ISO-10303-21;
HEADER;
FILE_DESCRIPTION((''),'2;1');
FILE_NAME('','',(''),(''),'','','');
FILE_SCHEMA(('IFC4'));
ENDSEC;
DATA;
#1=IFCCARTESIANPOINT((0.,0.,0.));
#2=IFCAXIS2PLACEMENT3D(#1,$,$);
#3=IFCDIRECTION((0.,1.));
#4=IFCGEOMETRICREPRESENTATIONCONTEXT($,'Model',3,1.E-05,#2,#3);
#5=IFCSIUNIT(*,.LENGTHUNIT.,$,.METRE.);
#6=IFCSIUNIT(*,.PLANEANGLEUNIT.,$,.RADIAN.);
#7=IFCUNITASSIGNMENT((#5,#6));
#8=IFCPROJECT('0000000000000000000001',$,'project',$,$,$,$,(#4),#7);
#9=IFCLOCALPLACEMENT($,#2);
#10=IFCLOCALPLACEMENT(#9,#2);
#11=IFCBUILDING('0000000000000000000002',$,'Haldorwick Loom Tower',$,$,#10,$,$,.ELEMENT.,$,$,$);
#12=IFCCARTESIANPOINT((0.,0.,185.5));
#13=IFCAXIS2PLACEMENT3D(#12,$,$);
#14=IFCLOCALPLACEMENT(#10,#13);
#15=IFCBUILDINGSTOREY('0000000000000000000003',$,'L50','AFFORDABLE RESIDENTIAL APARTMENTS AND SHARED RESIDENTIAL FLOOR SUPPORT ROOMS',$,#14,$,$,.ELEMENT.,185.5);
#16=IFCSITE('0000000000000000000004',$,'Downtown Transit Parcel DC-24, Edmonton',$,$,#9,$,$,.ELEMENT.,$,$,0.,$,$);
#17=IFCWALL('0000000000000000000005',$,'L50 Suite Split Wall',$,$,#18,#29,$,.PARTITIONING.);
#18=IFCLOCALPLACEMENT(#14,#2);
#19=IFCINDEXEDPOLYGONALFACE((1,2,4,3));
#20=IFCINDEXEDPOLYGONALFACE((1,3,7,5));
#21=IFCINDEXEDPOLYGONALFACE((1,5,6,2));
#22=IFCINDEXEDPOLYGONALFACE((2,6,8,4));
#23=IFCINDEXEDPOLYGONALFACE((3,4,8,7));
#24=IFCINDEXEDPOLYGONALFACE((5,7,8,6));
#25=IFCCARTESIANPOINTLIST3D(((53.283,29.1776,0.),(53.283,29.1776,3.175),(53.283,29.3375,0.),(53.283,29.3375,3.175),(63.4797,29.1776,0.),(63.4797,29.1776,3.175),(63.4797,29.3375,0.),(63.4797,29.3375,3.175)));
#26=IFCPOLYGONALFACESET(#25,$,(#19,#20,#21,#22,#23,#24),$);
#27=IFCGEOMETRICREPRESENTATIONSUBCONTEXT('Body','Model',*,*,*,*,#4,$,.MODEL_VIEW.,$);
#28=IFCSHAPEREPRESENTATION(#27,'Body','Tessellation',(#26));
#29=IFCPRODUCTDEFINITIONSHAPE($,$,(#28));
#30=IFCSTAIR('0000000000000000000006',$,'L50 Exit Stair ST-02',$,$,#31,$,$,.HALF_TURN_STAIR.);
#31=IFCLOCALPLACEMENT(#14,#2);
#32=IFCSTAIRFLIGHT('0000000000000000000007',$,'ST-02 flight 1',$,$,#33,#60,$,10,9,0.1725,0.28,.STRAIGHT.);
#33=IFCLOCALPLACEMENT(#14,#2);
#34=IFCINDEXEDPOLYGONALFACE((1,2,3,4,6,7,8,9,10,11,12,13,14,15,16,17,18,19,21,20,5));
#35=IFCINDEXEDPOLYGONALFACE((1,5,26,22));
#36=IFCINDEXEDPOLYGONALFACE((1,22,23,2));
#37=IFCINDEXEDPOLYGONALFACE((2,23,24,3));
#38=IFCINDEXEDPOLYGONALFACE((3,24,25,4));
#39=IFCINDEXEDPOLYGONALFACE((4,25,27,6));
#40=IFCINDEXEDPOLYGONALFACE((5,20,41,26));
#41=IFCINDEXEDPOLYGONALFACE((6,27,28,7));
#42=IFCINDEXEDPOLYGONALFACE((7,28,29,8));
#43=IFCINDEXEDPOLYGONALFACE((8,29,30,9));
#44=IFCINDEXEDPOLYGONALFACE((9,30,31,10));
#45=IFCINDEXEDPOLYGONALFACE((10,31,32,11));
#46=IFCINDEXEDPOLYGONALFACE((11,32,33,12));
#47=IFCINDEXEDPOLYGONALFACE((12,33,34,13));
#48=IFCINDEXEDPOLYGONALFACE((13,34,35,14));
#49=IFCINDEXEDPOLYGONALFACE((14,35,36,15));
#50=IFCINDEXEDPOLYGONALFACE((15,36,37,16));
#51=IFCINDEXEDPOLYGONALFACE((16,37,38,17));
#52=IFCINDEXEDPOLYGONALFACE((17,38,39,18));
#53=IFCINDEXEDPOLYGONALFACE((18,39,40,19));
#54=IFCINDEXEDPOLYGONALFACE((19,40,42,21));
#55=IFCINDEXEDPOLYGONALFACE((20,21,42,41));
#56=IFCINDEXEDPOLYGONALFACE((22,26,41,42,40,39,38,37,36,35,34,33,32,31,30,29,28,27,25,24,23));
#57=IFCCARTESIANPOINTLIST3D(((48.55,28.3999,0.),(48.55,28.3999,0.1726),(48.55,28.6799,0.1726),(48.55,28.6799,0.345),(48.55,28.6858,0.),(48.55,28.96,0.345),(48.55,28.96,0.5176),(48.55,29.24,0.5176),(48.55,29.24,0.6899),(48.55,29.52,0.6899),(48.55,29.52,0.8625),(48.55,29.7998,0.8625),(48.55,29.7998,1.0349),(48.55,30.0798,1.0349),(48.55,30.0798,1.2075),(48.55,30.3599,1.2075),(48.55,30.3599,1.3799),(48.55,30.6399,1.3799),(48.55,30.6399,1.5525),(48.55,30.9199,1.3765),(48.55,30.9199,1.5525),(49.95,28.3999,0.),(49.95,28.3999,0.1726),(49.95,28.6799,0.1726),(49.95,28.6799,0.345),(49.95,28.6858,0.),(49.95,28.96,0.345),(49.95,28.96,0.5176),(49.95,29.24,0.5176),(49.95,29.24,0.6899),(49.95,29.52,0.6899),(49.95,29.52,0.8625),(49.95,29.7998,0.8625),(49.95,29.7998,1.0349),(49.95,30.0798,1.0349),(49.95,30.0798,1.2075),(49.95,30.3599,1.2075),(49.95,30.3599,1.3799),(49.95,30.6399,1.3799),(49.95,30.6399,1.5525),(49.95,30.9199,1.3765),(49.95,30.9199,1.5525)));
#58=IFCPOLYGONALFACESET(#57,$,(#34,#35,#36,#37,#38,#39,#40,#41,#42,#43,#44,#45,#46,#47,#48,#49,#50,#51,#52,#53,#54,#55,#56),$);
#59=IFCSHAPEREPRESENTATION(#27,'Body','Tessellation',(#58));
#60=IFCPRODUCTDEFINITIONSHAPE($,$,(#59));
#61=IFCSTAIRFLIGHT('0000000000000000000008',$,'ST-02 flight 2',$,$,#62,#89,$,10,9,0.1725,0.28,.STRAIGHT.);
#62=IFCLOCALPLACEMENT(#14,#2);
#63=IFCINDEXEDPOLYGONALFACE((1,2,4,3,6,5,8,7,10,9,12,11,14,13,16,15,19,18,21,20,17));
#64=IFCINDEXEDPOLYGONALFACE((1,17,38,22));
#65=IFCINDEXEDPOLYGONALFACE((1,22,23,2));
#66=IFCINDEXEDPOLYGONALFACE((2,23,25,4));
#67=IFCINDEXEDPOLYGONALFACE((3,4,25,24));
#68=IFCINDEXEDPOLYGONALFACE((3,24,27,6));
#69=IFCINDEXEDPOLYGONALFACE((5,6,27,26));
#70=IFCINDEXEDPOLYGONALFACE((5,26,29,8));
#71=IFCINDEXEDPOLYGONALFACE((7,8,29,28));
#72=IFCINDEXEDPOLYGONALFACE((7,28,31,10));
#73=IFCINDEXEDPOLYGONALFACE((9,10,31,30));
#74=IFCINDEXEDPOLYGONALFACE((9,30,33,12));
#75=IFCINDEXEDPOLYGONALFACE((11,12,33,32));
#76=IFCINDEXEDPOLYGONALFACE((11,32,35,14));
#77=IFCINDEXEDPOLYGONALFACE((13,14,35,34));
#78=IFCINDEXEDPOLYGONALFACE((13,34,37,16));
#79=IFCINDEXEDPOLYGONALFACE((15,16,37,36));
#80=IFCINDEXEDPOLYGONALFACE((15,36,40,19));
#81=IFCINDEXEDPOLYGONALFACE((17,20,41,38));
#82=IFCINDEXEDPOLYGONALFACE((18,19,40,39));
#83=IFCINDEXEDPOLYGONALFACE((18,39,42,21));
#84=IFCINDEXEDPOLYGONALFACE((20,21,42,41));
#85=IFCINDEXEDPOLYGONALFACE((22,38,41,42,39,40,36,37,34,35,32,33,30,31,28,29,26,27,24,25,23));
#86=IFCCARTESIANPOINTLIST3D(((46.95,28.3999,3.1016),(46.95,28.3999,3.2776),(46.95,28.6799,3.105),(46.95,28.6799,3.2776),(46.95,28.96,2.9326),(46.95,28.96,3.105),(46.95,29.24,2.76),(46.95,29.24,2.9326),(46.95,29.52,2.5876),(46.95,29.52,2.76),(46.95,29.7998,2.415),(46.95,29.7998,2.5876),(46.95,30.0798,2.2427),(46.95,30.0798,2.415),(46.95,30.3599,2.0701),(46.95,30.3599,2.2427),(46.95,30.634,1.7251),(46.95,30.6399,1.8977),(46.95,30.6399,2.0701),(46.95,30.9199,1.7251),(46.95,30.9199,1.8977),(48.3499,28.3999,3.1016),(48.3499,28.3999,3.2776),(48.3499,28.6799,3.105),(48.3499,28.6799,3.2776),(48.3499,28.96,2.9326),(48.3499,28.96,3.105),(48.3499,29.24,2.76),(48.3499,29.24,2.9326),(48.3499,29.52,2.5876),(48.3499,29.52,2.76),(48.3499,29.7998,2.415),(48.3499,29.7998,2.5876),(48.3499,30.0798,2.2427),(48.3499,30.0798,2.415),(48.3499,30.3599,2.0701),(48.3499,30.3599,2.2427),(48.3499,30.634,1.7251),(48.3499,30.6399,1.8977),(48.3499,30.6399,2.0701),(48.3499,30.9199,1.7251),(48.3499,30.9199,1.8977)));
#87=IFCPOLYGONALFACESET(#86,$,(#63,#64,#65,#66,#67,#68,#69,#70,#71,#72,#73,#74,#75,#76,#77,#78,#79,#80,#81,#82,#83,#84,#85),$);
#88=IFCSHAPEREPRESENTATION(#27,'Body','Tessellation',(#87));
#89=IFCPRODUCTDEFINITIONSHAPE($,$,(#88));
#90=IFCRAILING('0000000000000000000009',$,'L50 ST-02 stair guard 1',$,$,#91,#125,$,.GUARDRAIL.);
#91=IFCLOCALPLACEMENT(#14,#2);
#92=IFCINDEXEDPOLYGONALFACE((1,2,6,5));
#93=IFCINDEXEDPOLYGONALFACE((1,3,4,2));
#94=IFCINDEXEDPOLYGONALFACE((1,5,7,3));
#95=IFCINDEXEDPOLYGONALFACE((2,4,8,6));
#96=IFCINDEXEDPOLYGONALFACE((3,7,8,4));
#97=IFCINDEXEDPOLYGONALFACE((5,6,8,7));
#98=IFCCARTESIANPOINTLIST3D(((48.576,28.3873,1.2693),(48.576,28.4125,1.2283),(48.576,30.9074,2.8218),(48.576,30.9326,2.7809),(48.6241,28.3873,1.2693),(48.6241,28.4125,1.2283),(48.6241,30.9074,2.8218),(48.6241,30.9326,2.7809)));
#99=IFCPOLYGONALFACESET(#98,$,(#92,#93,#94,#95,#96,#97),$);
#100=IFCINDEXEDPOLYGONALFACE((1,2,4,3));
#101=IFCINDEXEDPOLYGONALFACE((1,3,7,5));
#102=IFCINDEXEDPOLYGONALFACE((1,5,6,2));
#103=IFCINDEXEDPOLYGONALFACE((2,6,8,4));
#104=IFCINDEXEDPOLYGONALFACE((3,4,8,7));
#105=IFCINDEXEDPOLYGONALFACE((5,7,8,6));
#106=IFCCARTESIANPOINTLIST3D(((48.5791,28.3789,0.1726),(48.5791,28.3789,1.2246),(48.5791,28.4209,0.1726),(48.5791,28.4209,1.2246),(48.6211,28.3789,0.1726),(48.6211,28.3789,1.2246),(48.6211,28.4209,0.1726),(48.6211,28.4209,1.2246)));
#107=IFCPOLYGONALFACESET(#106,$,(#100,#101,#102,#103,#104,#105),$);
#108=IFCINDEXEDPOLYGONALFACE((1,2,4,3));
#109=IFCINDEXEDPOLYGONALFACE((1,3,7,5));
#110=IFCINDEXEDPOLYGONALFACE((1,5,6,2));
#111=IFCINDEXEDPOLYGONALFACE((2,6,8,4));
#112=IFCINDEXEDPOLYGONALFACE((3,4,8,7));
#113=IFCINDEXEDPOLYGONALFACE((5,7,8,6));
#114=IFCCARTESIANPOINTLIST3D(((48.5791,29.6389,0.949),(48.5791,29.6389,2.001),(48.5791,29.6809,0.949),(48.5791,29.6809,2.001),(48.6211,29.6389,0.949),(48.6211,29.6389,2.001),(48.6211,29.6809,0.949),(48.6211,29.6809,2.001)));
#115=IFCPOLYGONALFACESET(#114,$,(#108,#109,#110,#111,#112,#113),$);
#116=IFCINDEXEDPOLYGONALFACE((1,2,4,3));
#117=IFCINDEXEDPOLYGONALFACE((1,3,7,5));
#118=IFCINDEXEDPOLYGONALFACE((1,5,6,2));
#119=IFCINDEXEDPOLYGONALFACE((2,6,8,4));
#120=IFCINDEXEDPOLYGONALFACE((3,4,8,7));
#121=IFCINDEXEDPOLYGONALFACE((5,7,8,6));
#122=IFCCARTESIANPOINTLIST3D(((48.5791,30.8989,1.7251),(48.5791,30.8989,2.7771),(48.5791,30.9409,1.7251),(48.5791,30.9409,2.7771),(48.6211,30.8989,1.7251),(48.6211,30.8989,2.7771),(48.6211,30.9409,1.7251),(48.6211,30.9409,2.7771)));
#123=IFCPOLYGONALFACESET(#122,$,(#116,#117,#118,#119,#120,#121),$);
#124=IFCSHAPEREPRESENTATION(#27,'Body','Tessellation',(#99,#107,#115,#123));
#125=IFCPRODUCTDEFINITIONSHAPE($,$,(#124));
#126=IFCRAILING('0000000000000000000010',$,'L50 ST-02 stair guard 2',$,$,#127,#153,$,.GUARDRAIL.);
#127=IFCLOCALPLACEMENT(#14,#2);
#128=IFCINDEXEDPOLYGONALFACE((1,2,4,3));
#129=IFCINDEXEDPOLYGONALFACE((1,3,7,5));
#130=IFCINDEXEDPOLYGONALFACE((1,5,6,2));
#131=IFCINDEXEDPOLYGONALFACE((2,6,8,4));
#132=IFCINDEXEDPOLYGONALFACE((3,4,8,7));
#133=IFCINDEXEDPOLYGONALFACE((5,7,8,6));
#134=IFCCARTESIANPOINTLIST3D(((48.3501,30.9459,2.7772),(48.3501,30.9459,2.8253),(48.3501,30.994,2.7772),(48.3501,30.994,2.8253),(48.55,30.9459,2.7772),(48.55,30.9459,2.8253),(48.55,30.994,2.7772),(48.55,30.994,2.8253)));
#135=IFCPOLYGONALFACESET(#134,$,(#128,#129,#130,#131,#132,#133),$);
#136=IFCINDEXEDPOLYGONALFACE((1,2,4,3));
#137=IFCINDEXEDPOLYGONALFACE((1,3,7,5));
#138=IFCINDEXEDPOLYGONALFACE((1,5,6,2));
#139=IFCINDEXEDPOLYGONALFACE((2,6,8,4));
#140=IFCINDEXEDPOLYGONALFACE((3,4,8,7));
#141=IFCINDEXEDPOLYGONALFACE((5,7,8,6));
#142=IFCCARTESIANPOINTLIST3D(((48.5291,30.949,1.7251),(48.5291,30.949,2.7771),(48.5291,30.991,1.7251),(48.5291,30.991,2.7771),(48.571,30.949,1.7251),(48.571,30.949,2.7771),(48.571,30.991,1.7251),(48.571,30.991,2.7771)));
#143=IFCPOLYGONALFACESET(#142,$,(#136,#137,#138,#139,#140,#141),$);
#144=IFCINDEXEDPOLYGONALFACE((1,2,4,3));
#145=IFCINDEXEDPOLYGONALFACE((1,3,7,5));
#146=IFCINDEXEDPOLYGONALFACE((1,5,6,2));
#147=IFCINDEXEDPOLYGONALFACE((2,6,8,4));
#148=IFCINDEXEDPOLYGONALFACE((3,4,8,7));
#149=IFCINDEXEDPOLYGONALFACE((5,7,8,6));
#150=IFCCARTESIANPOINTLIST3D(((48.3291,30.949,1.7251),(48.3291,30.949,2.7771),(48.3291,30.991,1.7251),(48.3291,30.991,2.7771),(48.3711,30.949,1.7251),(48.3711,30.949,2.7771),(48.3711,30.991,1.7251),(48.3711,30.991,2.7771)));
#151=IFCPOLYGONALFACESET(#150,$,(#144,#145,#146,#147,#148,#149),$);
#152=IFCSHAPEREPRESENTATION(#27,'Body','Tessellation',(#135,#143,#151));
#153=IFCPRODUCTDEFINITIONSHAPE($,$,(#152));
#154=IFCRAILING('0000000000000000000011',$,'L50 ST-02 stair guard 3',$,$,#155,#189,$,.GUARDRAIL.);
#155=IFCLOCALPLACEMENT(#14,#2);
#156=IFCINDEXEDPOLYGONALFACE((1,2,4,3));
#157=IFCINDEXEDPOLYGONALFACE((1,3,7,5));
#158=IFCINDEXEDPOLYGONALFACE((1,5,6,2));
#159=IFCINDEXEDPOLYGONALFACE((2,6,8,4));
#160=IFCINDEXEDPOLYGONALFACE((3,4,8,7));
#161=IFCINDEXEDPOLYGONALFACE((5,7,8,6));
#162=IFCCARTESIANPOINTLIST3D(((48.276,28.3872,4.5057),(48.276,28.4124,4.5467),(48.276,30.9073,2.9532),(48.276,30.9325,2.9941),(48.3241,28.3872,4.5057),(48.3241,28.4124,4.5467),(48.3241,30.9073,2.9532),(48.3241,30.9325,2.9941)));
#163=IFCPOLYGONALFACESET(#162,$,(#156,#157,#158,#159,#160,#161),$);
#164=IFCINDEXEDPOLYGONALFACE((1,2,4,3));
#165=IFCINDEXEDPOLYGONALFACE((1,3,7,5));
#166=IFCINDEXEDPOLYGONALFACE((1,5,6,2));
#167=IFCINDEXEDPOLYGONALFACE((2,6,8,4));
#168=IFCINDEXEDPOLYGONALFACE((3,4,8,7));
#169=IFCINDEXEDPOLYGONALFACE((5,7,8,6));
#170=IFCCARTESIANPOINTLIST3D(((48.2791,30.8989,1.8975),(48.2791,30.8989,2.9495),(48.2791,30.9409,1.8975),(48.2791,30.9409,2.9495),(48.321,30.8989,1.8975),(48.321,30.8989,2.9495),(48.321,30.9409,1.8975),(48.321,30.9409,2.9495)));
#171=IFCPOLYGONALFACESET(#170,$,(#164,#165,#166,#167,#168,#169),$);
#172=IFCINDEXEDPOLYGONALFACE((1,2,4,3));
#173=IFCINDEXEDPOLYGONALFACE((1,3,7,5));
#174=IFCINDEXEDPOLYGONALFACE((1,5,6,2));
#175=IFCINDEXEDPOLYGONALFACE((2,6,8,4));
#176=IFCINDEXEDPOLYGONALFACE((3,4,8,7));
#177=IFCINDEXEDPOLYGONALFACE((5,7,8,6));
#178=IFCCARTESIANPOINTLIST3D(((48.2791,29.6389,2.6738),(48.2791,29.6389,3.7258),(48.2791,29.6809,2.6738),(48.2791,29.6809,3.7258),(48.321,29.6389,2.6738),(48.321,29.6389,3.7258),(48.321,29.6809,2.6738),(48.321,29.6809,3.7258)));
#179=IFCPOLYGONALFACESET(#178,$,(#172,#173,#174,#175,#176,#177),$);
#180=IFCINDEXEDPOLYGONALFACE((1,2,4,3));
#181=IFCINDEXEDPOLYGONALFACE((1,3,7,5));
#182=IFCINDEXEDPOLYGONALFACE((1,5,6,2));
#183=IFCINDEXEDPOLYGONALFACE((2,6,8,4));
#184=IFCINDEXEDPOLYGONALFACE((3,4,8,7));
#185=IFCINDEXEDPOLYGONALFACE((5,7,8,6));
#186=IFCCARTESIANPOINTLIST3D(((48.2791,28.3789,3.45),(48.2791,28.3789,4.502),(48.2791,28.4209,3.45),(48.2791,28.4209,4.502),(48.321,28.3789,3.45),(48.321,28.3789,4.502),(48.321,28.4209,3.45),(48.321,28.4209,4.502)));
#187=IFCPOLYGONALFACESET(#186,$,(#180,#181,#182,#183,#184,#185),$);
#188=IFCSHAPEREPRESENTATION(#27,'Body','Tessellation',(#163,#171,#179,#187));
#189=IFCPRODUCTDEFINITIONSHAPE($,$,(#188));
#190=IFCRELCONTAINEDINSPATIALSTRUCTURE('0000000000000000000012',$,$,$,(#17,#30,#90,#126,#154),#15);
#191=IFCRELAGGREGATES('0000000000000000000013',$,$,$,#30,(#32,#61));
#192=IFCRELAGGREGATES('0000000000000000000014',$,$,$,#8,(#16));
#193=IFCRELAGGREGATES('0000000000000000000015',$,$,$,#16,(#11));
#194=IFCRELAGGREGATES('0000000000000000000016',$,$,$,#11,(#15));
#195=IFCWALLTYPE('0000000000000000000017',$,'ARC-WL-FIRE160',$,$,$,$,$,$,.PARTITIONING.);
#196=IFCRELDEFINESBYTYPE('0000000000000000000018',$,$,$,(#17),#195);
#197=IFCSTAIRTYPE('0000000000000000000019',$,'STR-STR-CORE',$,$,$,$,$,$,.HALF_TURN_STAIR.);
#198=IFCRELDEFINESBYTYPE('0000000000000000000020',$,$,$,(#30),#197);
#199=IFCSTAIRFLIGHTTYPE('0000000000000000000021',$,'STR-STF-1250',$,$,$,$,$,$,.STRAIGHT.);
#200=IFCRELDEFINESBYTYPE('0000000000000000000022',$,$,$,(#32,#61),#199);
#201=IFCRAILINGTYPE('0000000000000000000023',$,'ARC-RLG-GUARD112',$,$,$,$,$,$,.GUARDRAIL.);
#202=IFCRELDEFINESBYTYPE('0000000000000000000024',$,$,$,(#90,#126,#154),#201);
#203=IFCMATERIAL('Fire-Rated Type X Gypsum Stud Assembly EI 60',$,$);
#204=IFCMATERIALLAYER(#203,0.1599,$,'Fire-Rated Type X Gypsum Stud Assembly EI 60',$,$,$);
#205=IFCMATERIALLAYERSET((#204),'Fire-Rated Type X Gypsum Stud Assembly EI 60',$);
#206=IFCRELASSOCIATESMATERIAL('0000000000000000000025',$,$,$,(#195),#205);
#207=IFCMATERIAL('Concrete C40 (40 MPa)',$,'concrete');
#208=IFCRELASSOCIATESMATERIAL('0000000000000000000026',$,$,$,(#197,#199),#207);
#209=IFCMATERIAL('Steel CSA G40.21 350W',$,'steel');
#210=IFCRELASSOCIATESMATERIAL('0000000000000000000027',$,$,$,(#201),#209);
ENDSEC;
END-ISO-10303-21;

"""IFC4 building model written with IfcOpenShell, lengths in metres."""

from ifc_helpers import new_model, si_unit, direction, frame, frame_2d, origin, origin_2d, place, context, subcontext, project, spatial, polyline, rectangle, outline, extrude, material, layer, layer_set, type_object, element, aggregate, save


model = new_model("IFC4")

# Units and contexts
model_context = context("Model", 3, precision=1e-05, world=origin(), true_north=direction((0.0, 1.0)))
body_context = subcontext(model_context, "Body", "Model", "MODEL_VIEW")
ifc_project = project(units=[si_unit("LENGTHUNIT", "METRE"), si_unit("PLANEANGLEUNIT", "RADIAN")], contexts=[model_context])

# Site, building, storey
site_placement = place(None, origin())
site = spatial("IfcSite", under=ifc_project, at=site_placement, Name="Downtown Transit Parcel DC-24, Edmonton", CompositionType="ELEMENT", RefElevation=0.0)
building_placement = place(site_placement, origin())
building = spatial("IfcBuilding", under=site, at=building_placement, Name="Haldorwick Loom Tower", CompositionType="ELEMENT")
storey_placement = place(building_placement, frame((0.0, 0.0, 185.5)))
storey = spatial("IfcBuildingStorey", under=building, at=storey_placement, Name="L50", Description="AFFORDABLE RESIDENTIAL APARTMENTS AND SHARED RESIDENTIAL FLOOR SUPPORT ROOMS", CompositionType="ELEMENT", Elevation=185.5)

# Shared definitions
ifc_material_1 = material(Name="Steel CSA G40.21 350W", Category="steel")

# Shared definitions
ifc_material_2 = material(Name="Fire-Rated Type X Gypsum Stud Assembly EI 60")
ifc_layer_1 = layer(ifc_material_2, 0.1599, Name="Fire-Rated Type X Gypsum Stud Assembly EI 60")
ifc_layer_set_1 = layer_set([ifc_layer_1], Name="Fire-Rated Type X Gypsum Stud Assembly EI 60")
wall_type_1 = type_object("IfcWallType", Name="ARC-WL-FIRE160", PredefinedType="PARTITIONING", material=ifc_layer_set_1)

# Wall
wall_1_placement = place(storey_placement, frame((53.283, 29.2576, 0.0), z_axis=(0.0, 0.0, 1.0), x_axis=(1.0, 0.0, 0.0)))
element("IfcWall", 1, at=wall_1_placement, inside=storey, type_object=wall_type_1, Name="L50 Suite Split Wall", PredefinedType="PARTITIONING", context=body_context, shape_type="SweptSolid", body=[
    extrude(rectangle(XDim=10.1968, YDim=0.1599, at=frame_2d((5.0984, 0.0))), origin(), (0.0, 0.0, 1.0), 3.175),
])

# Stair, stair flights
ifc_material_3 = material(Name="Concrete C40 (40 MPa)", Category="concrete")
stair_type = type_object("IfcStairType", Name="STR-STR-CORE", PredefinedType="HALF_TURN_STAIR", material=ifc_material_3)
stair_placement = place(storey_placement, origin())
stair = element("IfcStair", 2, at=stair_placement, inside=storey, type_object=stair_type, Name="L50 Exit Stair ST-02", PredefinedType="HALF_TURN_STAIR")
stair_flight_type = type_object("IfcStairFlightType", Name="STR-STF-1250", PredefinedType="STRAIGHT", material=ifc_material_3)
stair_flight_1_placement = place(storey_placement, frame((49.25, 28.3999, 0.0), z_axis=(0.0, 0.0, 1.0), x_axis=(0.0, 1.0, 0.0)))
stair_flight_1 = element("IfcStairFlight", 3, at=stair_flight_1_placement, type_object=stair_flight_type, Name="ST-02 flight 1", NumberOfRisers=10, NumberOfTreads=9, PredefinedType="STRAIGHT", RiserHeight=0.1725, TreadLength=0.28, context=body_context, shape_type="SweptSolid", body=[
    extrude(outline(polyline([(0.0, 0.0), (0.0, 0.1726), (0.28, 0.1726), (0.28, 0.345), (0.5601, 0.345), (0.5601, 0.5176), (0.8401, 0.5176), (0.8401, 0.6899), (1.1201, 0.6899), (1.1201, 0.8625), (1.3999, 0.8625), (1.3999, 1.0349), (1.6799, 1.0349), (1.6799, 1.2075), (1.96, 1.2075), (1.96, 1.3799), (2.24, 1.3799), (2.24, 1.5525), (2.52, 1.5525), (2.52, 1.7251), (2.52, 1.3765), (0.2859, 0.0), (0.0, 0.0)])), frame((0.0, 0.7, 0.0), z_axis=(0.0, -1.0, 0.0), x_axis=(1.0, 0.0, 0.0)), (0.0, 0.0, 1.0), 1.3999),
])
stair_flight_2_placement = place(storey_placement, frame((47.6499, 30.9199, 1.7251), z_axis=(0.0, 0.0, 1.0), x_axis=(0.0, -1.0, 0.0)))
stair_flight_2 = element("IfcStairFlight", 4, at=stair_flight_2_placement, type_object=stair_flight_type, Name="ST-02 flight 2", NumberOfRisers=10, NumberOfTreads=9, PredefinedType="STRAIGHT", RiserHeight=0.1725, TreadLength=0.28, context=body_context, shape_type="SweptSolid", body=[
    extrude(outline(polyline([(0.0, 0.0), (0.0, 0.1726), (0.28, 0.1726), (0.28, 0.345), (0.5601, 0.345), (0.5601, 0.5176), (0.8401, 0.5176), (0.8401, 0.6899), (1.1201, 0.6899), (1.1201, 0.8625), (1.3999, 0.8625), (1.3999, 1.0349), (1.6799, 1.0349), (1.6799, 1.2075), (1.96, 1.2075), (1.96, 1.3799), (2.24, 1.3799), (2.24, 1.5525), (2.52, 1.5525), (2.52, 1.7251), (2.52, 1.3765), (0.2859, 0.0), (0.0, 0.0)])), frame((0.0, 0.7, 0.0), z_axis=(0.0, -1.0, 0.0), x_axis=(1.0, 0.0, 0.0)), (0.0, 0.0, 1.0), 1.3999),
])
aggregate(stair, [stair_flight_1, stair_flight_2])

# Railings
railing_type_1 = type_object("IfcRailingType", Name="ARC-RLG-GUARD112", PredefinedType="GUARDRAIL", material=ifc_material_1)
railing_1_placement = place(storey_placement, frame((48.6001, 28.3999, 0.1726)))
element("IfcRailing", 5, at=railing_1_placement, inside=storey, type_object=railing_type_1, Name="L50 ST-02 stair guard 1", PredefinedType="GUARDRAIL", context=body_context, shape_type="SweptSolid", body=[
    extrude(rectangle(XDim=0.0481, YDim=0.0481, at=origin_2d()), frame((0.0, 0.0, 1.0762), z_axis=(0.0, 0.8514, 0.524516), x_axis=(-1.0, 0.0, 0.0)), (0.0, 0.0, 1.0), 2.96),
    extrude(rectangle(XDim=0.042, YDim=0.042, at=origin_2d()), origin(), (0.0, 0.0, 1.0), 1.052),
    extrude(rectangle(XDim=0.042, YDim=0.042, at=origin_2d()), frame((0.0, 1.26, 0.7764)), (0.0, 0.0, 1.0), 1.052),
    extrude(rectangle(XDim=0.042, YDim=0.042, at=origin_2d()), frame((0.0, 2.52, 1.5525)), (0.0, 0.0, 1.0), 1.052),
])
railing_2_placement = place(storey_placement, frame((48.55, 30.97, 1.7251)))
element("IfcRailing", 6, at=railing_2_placement, inside=storey, type_object=railing_type_1, Name="L50 ST-02 stair guard 2", PredefinedType="GUARDRAIL", context=body_context, shape_type="SweptSolid", body=[
    extrude(rectangle(XDim=0.0481, YDim=0.0481, at=origin_2d()), frame((0.0, 0.0, 1.0762), z_axis=(-1.0, 0.0, 0.0), x_axis=(0.0, -1.0, 0.0)), (0.0, 0.0, 1.0), 0.2),
    extrude(rectangle(XDim=0.042, YDim=0.042, at=origin_2d()), origin(), (0.0, 0.0, 1.0), 1.052),
    extrude(rectangle(XDim=0.042, YDim=0.042, at=origin_2d()), frame((-0.2, 0.0, 0.0)), (0.0, 0.0, 1.0), 1.052),
])
railing_3_placement = place(storey_placement, frame((48.3, 30.9199, 1.8975)))
element("IfcRailing", 7, at=railing_3_placement, inside=storey, type_object=railing_type_1, Name="L50 ST-02 stair guard 3", PredefinedType="GUARDRAIL", context=body_context, shape_type="SweptSolid", body=[
    extrude(rectangle(XDim=0.0481, YDim=0.0481, at=origin_2d()), frame((0.0, 0.0, 1.0762), z_axis=(0.0, -0.8514, 0.524516), x_axis=(1.0, 0.0, 0.0)), (0.0, 0.0, 1.0), 2.96),
    extrude(rectangle(XDim=0.042, YDim=0.042, at=origin_2d()), origin(), (0.0, 0.0, 1.0), 1.052),
    extrude(rectangle(XDim=0.042, YDim=0.042, at=origin_2d()), frame((0.0, -1.26, 0.7764)), (0.0, 0.0, 1.0), 1.052),
    extrude(rectangle(XDim=0.042, YDim=0.042, at=origin_2d()), frame((0.0, -2.52, 1.5525)), (0.0, 0.0, 1.0), 1.052),
])

save(model, "model.ifc")
